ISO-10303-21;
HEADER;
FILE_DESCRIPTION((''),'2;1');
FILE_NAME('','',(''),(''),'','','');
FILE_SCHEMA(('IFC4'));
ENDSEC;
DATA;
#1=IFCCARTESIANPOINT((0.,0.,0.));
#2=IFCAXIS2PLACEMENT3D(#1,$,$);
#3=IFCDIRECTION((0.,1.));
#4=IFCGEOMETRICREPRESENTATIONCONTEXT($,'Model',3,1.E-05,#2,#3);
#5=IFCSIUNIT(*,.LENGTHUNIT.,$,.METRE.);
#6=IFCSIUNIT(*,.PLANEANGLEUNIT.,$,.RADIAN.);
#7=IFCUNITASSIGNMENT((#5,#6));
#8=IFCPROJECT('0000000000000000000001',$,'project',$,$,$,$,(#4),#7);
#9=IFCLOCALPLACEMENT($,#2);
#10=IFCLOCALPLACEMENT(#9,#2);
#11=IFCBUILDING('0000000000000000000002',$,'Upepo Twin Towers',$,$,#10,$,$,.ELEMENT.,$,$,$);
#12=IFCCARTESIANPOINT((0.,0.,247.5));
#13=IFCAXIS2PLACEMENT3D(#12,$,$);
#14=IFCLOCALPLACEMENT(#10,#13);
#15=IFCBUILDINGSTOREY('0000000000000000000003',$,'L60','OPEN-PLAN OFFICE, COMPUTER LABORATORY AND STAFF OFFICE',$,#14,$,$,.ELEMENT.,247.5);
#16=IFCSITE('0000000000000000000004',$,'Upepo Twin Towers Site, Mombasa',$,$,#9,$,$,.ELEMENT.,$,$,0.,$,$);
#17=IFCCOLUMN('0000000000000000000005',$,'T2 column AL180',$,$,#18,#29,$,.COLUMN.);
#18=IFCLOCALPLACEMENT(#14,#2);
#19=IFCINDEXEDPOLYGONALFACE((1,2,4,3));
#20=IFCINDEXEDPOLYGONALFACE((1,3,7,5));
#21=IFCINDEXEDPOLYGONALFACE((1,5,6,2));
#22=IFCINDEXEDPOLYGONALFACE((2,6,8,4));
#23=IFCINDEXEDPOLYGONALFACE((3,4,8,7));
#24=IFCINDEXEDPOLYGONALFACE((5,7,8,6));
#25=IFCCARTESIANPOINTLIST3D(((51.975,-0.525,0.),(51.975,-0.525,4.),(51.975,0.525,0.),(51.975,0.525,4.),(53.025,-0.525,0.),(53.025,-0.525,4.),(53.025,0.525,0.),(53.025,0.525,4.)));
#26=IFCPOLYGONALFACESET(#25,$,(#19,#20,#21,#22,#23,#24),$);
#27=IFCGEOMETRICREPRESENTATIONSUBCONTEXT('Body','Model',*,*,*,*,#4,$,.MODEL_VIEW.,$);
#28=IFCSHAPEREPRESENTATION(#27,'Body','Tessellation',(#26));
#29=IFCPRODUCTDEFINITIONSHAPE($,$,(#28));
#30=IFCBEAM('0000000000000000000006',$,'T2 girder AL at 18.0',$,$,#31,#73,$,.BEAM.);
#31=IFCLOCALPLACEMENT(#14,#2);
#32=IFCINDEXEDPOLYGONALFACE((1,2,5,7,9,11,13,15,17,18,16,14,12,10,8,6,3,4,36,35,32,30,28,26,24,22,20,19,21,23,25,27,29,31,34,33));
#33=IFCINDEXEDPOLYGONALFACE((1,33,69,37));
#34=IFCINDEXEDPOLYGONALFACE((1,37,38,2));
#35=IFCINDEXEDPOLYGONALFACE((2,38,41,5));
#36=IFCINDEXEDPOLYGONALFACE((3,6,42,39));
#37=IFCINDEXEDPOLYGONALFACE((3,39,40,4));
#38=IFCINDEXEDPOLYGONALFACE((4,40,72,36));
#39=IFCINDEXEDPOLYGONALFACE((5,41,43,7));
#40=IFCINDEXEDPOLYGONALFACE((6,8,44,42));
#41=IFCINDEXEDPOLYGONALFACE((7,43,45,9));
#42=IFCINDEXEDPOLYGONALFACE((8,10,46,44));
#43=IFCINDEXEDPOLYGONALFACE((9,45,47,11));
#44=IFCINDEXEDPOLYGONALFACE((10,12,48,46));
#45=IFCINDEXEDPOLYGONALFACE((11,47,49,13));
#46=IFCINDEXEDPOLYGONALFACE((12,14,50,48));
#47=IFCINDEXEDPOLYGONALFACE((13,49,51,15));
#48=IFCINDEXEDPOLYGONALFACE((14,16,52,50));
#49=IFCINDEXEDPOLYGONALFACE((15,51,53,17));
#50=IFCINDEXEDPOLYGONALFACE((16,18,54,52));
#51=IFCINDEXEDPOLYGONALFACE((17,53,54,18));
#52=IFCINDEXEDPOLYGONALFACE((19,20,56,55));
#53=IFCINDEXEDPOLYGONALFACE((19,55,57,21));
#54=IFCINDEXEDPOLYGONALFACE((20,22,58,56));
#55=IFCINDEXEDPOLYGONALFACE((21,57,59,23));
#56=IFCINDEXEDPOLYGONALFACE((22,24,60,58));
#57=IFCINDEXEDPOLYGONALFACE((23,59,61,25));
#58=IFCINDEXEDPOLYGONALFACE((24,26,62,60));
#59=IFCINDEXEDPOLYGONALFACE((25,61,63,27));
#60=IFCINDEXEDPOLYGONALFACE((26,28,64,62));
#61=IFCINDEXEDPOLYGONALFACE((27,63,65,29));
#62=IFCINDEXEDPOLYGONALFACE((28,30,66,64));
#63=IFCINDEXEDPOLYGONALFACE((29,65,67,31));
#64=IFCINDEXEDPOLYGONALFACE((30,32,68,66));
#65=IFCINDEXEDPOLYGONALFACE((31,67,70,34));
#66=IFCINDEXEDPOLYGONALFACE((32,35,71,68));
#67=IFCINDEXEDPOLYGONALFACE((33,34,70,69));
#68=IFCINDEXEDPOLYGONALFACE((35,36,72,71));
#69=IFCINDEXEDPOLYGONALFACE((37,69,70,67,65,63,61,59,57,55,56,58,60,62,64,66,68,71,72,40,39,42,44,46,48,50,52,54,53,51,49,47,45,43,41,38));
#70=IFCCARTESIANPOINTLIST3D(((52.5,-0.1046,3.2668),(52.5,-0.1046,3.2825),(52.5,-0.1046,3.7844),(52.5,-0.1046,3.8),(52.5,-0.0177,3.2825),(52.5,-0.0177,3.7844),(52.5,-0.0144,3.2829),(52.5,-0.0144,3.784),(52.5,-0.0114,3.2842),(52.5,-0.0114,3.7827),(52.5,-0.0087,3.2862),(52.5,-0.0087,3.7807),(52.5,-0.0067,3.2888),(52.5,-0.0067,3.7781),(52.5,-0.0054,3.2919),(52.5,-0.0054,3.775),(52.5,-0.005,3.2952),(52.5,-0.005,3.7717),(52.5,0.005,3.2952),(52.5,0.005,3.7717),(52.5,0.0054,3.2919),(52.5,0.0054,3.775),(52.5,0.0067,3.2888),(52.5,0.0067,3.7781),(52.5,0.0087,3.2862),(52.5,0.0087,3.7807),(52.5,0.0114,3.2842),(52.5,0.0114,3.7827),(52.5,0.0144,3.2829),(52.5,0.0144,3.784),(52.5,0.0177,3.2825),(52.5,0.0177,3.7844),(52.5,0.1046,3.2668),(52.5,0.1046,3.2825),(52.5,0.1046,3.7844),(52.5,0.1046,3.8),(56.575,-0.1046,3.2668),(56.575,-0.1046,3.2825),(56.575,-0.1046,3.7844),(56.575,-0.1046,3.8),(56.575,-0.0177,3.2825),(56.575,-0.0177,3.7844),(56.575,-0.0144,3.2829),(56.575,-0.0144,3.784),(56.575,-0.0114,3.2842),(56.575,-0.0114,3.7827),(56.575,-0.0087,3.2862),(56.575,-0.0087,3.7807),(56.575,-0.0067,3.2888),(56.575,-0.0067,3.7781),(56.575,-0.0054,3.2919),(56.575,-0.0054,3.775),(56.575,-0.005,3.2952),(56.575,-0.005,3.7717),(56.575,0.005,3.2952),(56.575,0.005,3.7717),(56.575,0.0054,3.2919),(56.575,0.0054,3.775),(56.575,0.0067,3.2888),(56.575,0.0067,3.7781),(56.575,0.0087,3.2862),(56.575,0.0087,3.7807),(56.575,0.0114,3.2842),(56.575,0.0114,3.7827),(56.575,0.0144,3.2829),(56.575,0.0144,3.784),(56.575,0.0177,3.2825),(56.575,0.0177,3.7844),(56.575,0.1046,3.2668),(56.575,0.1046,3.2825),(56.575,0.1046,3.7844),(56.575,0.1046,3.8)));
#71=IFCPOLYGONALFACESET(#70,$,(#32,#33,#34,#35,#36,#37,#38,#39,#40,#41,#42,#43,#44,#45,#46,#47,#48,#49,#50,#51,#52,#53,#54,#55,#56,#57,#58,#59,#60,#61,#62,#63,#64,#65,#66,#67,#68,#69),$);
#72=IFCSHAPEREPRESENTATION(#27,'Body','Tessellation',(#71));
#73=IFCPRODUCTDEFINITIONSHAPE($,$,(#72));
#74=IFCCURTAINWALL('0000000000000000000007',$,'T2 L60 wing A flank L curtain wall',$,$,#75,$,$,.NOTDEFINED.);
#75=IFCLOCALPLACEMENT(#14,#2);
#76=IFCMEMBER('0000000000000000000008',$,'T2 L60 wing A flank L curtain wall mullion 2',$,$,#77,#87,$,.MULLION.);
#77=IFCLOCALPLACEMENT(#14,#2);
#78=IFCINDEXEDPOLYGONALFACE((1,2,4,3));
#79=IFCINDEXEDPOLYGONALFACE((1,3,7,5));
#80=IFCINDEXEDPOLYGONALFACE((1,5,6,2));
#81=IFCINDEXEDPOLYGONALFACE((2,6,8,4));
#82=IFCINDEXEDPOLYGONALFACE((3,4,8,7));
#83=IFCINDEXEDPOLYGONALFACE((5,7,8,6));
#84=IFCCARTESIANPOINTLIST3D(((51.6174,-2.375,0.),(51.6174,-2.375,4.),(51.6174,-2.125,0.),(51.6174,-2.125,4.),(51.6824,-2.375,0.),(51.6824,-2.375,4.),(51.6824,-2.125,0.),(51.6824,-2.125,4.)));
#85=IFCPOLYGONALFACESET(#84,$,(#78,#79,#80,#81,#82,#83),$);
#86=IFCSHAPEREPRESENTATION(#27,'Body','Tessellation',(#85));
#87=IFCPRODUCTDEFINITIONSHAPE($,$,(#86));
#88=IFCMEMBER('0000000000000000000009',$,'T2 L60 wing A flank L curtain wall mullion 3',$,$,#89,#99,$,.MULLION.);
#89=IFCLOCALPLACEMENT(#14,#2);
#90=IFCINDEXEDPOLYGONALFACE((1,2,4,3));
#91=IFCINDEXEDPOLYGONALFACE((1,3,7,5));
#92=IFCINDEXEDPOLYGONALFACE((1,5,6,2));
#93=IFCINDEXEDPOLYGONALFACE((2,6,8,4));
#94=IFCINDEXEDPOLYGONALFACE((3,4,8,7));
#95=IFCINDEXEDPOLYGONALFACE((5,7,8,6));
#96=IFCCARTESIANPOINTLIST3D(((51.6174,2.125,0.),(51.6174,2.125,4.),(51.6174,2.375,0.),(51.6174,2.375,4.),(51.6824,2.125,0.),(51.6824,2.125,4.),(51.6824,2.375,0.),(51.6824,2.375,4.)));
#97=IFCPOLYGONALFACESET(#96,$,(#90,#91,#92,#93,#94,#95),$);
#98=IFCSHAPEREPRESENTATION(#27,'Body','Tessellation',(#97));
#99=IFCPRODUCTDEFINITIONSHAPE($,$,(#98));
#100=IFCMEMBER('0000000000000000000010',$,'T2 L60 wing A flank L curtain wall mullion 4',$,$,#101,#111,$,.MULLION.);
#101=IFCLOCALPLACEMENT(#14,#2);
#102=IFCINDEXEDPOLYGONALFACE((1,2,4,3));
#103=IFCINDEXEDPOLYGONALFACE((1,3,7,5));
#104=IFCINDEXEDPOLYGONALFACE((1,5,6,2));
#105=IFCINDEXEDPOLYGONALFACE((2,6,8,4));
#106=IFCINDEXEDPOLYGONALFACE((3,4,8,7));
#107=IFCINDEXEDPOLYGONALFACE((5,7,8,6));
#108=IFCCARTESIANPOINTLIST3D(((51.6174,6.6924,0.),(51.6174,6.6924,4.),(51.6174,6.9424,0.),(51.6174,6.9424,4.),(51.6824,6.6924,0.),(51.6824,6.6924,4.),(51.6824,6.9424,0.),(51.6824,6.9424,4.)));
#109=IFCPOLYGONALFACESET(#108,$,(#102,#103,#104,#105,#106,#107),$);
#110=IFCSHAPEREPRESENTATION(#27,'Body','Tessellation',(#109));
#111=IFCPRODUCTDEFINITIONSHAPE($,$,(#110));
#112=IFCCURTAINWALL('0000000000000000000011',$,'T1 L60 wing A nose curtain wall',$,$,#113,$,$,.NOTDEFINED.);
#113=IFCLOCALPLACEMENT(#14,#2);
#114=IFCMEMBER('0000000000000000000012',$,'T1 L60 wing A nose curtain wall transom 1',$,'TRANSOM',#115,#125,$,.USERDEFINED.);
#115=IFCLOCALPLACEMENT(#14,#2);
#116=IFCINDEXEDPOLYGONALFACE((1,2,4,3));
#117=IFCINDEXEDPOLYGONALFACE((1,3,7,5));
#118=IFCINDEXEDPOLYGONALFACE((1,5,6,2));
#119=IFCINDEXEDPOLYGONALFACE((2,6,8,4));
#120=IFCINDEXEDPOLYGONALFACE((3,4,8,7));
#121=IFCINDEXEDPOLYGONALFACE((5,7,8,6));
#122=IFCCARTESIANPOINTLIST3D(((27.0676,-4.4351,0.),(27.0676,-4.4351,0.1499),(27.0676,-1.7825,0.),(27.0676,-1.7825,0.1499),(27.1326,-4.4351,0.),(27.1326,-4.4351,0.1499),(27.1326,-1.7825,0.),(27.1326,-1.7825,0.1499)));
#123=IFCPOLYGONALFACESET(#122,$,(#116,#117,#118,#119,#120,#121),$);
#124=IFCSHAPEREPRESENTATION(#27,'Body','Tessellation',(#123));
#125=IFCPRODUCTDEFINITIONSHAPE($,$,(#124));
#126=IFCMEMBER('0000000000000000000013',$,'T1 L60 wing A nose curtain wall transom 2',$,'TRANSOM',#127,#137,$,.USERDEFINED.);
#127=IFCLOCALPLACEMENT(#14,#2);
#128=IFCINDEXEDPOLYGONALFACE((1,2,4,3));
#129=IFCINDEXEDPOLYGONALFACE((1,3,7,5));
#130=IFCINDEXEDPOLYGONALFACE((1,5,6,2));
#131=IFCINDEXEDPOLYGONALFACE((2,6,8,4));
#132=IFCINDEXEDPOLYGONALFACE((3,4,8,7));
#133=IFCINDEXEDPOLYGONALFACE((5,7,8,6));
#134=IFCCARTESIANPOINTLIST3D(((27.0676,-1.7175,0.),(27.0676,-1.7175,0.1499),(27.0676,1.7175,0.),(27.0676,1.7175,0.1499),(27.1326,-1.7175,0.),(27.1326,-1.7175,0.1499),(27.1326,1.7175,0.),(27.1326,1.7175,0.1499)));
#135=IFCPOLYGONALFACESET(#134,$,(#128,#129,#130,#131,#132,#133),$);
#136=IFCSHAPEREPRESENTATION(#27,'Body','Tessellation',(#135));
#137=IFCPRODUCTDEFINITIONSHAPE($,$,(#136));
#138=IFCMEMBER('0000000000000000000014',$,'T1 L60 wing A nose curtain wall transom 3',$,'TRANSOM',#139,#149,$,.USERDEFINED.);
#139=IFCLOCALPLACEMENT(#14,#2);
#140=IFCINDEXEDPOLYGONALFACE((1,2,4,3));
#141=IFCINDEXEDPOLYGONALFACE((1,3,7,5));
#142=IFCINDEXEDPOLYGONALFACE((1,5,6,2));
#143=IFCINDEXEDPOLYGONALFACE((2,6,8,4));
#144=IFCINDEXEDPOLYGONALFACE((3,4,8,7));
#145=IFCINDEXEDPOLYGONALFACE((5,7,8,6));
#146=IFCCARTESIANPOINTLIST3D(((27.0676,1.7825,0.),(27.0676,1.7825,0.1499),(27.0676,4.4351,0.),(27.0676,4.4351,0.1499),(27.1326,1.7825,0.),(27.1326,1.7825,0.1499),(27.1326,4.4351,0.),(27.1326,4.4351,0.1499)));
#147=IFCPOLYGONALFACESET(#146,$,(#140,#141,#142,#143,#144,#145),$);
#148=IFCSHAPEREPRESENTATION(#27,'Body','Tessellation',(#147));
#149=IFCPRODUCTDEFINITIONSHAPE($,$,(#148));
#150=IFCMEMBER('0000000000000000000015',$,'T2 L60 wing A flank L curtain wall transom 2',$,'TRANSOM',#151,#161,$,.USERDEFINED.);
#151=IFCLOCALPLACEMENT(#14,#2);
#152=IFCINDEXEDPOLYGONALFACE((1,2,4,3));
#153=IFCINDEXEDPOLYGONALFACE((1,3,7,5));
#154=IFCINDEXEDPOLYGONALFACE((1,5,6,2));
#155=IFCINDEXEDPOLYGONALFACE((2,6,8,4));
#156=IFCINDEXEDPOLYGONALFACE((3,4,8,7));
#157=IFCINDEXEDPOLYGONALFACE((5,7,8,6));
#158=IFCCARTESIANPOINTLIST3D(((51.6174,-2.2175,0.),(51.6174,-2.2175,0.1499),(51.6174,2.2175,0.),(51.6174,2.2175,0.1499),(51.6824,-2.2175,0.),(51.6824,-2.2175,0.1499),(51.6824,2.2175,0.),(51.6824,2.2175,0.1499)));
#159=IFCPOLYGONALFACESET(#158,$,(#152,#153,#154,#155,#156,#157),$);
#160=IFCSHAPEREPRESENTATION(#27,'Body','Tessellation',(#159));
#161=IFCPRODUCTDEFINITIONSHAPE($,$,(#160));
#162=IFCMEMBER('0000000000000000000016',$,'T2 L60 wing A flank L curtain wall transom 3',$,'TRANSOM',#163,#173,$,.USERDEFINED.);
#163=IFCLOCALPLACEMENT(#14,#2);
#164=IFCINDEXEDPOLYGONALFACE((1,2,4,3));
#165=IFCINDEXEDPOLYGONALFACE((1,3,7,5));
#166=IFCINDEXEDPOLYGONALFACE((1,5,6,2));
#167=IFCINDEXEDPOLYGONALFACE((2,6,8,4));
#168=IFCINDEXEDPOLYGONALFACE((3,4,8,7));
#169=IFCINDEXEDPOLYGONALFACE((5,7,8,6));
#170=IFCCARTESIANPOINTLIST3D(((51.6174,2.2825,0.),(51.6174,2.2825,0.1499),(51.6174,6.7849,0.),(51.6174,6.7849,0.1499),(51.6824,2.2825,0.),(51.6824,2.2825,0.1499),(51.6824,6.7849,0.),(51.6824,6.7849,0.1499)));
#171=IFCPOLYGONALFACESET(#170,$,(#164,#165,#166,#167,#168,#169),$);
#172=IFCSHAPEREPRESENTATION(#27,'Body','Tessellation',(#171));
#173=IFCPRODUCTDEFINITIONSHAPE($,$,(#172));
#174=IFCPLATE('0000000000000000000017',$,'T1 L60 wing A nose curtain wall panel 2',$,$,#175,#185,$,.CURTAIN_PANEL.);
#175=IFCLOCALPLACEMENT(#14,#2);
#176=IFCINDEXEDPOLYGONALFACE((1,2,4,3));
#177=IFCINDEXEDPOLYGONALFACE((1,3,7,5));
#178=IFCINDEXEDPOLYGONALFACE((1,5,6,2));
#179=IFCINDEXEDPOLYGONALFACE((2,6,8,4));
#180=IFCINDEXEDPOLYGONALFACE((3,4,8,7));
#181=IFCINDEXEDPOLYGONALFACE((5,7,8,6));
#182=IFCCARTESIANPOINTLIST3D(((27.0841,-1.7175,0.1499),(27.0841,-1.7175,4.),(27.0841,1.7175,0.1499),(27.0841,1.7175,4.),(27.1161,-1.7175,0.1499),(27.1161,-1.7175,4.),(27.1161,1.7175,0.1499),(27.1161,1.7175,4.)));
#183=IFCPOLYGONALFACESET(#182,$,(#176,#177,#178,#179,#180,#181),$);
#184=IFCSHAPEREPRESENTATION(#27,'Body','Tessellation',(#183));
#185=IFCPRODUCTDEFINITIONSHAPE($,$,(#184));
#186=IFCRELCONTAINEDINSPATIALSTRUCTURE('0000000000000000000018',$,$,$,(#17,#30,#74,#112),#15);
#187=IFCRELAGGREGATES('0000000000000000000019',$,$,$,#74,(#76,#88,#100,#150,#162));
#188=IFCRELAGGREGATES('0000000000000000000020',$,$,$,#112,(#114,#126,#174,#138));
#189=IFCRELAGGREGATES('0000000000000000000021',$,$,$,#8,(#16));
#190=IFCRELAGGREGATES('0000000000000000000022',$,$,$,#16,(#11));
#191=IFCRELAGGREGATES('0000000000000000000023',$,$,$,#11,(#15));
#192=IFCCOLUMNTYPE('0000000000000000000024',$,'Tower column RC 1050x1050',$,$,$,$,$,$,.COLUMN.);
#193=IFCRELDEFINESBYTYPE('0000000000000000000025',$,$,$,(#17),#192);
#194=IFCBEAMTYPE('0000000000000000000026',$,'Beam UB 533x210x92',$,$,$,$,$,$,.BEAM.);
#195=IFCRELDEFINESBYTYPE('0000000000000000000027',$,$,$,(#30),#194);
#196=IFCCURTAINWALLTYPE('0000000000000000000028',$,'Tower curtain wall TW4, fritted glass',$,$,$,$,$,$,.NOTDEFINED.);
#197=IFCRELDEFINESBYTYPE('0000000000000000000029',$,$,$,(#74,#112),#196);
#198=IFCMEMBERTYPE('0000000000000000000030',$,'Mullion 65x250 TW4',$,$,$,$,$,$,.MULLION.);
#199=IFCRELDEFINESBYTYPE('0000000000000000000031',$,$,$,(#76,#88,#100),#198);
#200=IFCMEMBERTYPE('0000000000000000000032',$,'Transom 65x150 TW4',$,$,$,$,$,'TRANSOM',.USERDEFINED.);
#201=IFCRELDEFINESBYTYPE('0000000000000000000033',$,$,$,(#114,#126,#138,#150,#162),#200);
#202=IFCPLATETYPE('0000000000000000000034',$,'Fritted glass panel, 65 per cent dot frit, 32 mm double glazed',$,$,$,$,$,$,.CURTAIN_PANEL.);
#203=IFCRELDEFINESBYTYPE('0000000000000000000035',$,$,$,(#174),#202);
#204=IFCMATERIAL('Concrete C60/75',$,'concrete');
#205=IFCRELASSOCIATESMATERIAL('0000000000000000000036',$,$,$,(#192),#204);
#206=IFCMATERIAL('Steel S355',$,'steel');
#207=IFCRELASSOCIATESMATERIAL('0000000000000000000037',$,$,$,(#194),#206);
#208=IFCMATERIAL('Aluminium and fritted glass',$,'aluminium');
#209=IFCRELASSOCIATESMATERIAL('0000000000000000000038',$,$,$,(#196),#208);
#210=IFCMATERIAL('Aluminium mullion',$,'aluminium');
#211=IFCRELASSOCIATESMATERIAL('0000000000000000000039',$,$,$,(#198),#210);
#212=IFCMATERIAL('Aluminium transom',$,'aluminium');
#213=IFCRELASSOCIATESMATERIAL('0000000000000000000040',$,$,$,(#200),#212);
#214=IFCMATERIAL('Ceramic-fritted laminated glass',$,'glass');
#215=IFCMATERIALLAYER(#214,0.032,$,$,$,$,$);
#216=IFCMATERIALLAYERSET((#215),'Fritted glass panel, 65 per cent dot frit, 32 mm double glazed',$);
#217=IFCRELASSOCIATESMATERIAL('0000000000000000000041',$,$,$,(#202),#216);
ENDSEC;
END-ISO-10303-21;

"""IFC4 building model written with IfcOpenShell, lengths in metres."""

from ifc_helpers import new_model, si_unit, direction, frame, origin, origin_2d, place, context, subcontext, project, spatial, rectangle, i_section, extrude, material, layer, layer_set, material_profile, profile_set, type_object, element, aggregate, save


model = new_model("IFC4")

# Units and contexts
model_context = context("Model", 3, precision=1e-05, world=origin(), true_north=direction((0.0, 1.0)))
body_context = subcontext(model_context, "Body", "Model", "MODEL_VIEW")
ifc_project = project(units=[si_unit("LENGTHUNIT", "METRE"), si_unit("PLANEANGLEUNIT", "RADIAN")], contexts=[model_context])

# Site, building, storey
site_placement = place(None, origin())
site = spatial("IfcSite", under=ifc_project, at=site_placement, Name="Upepo Twin Towers Site, Mombasa", CompositionType="ELEMENT", RefElevation=0.0)
building_placement = place(site_placement, origin())
building = spatial("IfcBuilding", under=site, at=building_placement, Name="Upepo Twin Towers", CompositionType="ELEMENT")
storey_placement = place(building_placement, frame((0.0, 0.0, 247.5)))
storey = spatial("IfcBuildingStorey", under=building, at=storey_placement, Name="L60", Description="OPEN-PLAN OFFICE, COMPUTER LABORATORY AND STAFF OFFICE", CompositionType="ELEMENT", Elevation=247.5)

# Column
ifc_material_1 = material(Name="Concrete C60/75", Category="concrete")
ifc_material_profile_1 = material_profile(ifc_material_1, rectangle(XDim=1.05, YDim=1.05, at=origin_2d()), Name="RC 1050x1050")
ifc_profile_set_1 = profile_set([ifc_material_profile_1], Name="Concrete C60/75")
column_type = type_object("IfcColumnType", Name="Tower column RC 1050x1050", PredefinedType="COLUMN", material=ifc_profile_set_1)
column_placement = place(storey_placement, frame((52.5, 0.0, 0.0), z_axis=(0.0, 0.0, 1.0), x_axis=(1.0, 0.0, 0.0)))
element("IfcColumn", 1, at=column_placement, inside=storey, type_object=column_type, Name="T2 column AL180", PredefinedType="COLUMN", context=body_context, shape_type="SweptSolid", body=[
    extrude(rectangle(XDim=1.05, YDim=1.05, at=origin_2d()), origin(), (0.0, 0.0, 1.0), 4.0),
])

# Beam
ifc_material_2 = material(Name="Steel S355", Category="steel")
ifc_material_profile_2 = material_profile(ifc_material_2, i_section(OverallWidth=0.2092, OverallDepth=0.5332, WebThickness=0.01, FlangeThickness=0.0156, FilletRadius=0.0127, at=origin_2d()), Name="UB 533x210x92")
ifc_profile_set_2 = profile_set([ifc_material_profile_2], Name="Steel S355")
beam_type = type_object("IfcBeamType", Name="Beam UB 533x210x92", PredefinedType="BEAM", material=ifc_profile_set_2)
beam_placement = place(storey_placement, frame((52.5, 0.0, 3.5334), z_axis=(1.0, 0.0, 0.0), x_axis=(0.0, 1.0, 0.0)))
element("IfcBeam", 2, at=beam_placement, inside=storey, type_object=beam_type, Name="T2 girder AL at 18.0", PredefinedType="BEAM", context=body_context, shape_type="SweptSolid", body=[
    extrude(i_section(OverallWidth=0.2092, OverallDepth=0.5332, WebThickness=0.01, FlangeThickness=0.0156, FilletRadius=0.0127, at=origin_2d()), origin(), (0.0, 0.0, 1.0), 4.075),
])

# Curtain walls, members
ifc_material_3 = material(Name="Aluminium and fritted glass", Category="aluminium")
curtain_wall_type = type_object("IfcCurtainWallType", Name="Tower curtain wall TW4, fritted glass", PredefinedType="NOTDEFINED", material=ifc_material_3)
curtain_wall_1_placement = place(storey_placement, origin())
curtain_wall_1 = element("IfcCurtainWall", 3, at=curtain_wall_1_placement, inside=storey, type_object=curtain_wall_type, Name="T2 L60 wing A flank L curtain wall", PredefinedType="NOTDEFINED")
ifc_material_4 = material(Name="Aluminium mullion", Category="aluminium")
ifc_material_profile_3 = material_profile(ifc_material_4, rectangle(XDim=0.0649, YDim=0.25, at=origin_2d()), Name="MULLION 65x250")
ifc_profile_set_3 = profile_set([ifc_material_profile_3], Name="Aluminium mullion")
member_type_1 = type_object("IfcMemberType", Name="Mullion 65x250 TW4", PredefinedType="MULLION", material=ifc_profile_set_3)
member_1_placement = place(storey_placement, frame((51.6499, -2.25, 0.0), z_axis=(0.0, 0.0, 1.0), x_axis=(-1.0, 0.0, 0.0)))
member_1 = element("IfcMember", 4, at=member_1_placement, type_object=member_type_1, Name="T2 L60 wing A flank L curtain wall mullion 2", PredefinedType="MULLION", context=body_context, shape_type="SweptSolid", body=[
    extrude(rectangle(XDim=0.0649, YDim=0.25, at=origin_2d()), origin(), (0.0, 0.0, 1.0), 4.0),
])
member_2_placement = place(storey_placement, frame((51.6499, 2.25, 0.0), z_axis=(0.0, 0.0, 1.0), x_axis=(-1.0, 0.0, 0.0)))
member_2 = element("IfcMember", 5, at=member_2_placement, type_object=member_type_1, Name="T2 L60 wing A flank L curtain wall mullion 3", PredefinedType="MULLION", context=body_context, shape_type="SweptSolid", body=[
    extrude(rectangle(XDim=0.0649, YDim=0.25, at=origin_2d()), origin(), (0.0, 0.0, 1.0), 4.0),
])
member_3_placement = place(storey_placement, frame((51.6499, 6.8174, 0.0), z_axis=(0.0, 0.0, 1.0), x_axis=(-1.0, 0.0, 0.0)))
member_3 = element("IfcMember", 6, at=member_3_placement, type_object=member_type_1, Name="T2 L60 wing A flank L curtain wall mullion 4", PredefinedType="MULLION", context=body_context, shape_type="SweptSolid", body=[
    extrude(rectangle(XDim=0.0649, YDim=0.25, at=origin_2d()), origin(), (0.0, 0.0, 1.0), 4.0),
])
curtain_wall_2_placement = place(storey_placement, origin())
curtain_wall_2 = element("IfcCurtainWall", 7, at=curtain_wall_2_placement, inside=storey, type_object=curtain_wall_type, Name="T1 L60 wing A nose curtain wall", PredefinedType="NOTDEFINED")
ifc_material_5 = material(Name="Aluminium transom", Category="aluminium")
ifc_material_profile_4 = material_profile(ifc_material_5, rectangle(XDim=0.0649, YDim=0.1499, at=origin_2d()), Name="TRANSOM 65x150")
ifc_profile_set_4 = profile_set([ifc_material_profile_4], Name="Aluminium transom")
member_type_2 = type_object("IfcMemberType", Name="Transom 65x150 TW4", ElementType="TRANSOM", PredefinedType="USERDEFINED", material=ifc_profile_set_4)
member_4_placement = place(storey_placement, frame((27.1001, -4.4351, 0.075), z_axis=(0.0, 1.0, 0.0), x_axis=(-1.0, 0.0, 0.0)))
member_4 = element("IfcMember", 8, at=member_4_placement, type_object=member_type_2, Name="T1 L60 wing A nose curtain wall transom 1", ObjectType="TRANSOM", PredefinedType="USERDEFINED", context=body_context, shape_type="SweptSolid", body=[
    extrude(rectangle(XDim=0.0649, YDim=0.1499, at=origin_2d()), origin(), (0.0, 0.0, 1.0), 2.6526),
])
member_5_placement = place(storey_placement, frame((27.1001, -1.7175, 0.075), z_axis=(0.0, 1.0, 0.0), x_axis=(-1.0, 0.0, 0.0)))
member_5 = element("IfcMember", 9, at=member_5_placement, type_object=member_type_2, Name="T1 L60 wing A nose curtain wall transom 2", ObjectType="TRANSOM", PredefinedType="USERDEFINED", context=body_context, shape_type="SweptSolid", body=[
    extrude(rectangle(XDim=0.0649, YDim=0.1499, at=origin_2d()), origin(), (0.0, 0.0, 1.0), 3.4351),
])
member_6_placement = place(storey_placement, frame((27.1001, 1.7825, 0.075), z_axis=(0.0, 1.0, 0.0), x_axis=(-1.0, 0.0, 0.0)))
member_6 = element("IfcMember", 10, at=member_6_placement, type_object=member_type_2, Name="T1 L60 wing A nose curtain wall transom 3", ObjectType="TRANSOM", PredefinedType="USERDEFINED", context=body_context, shape_type="SweptSolid", body=[
    extrude(rectangle(XDim=0.0649, YDim=0.1499, at=origin_2d()), origin(), (0.0, 0.0, 1.0), 2.6526),
])

# Members
member_7_placement = place(storey_placement, frame((51.6499, -2.2175, 0.075), z_axis=(0.0, 1.0, 0.0), x_axis=(-1.0, 0.0, 0.0)))
member_7 = element("IfcMember", 11, at=member_7_placement, type_object=member_type_2, Name="T2 L60 wing A flank L curtain wall transom 2", ObjectType="TRANSOM", PredefinedType="USERDEFINED", context=body_context, shape_type="SweptSolid", body=[
    extrude(rectangle(XDim=0.0649, YDim=0.1499, at=origin_2d()), origin(), (0.0, 0.0, 1.0), 4.4351),
])
member_8_placement = place(storey_placement, frame((51.6499, 2.2825, 0.075), z_axis=(0.0, 1.0, 0.0), x_axis=(-1.0, 0.0, 0.0)))
member_8 = element("IfcMember", 12, at=member_8_placement, type_object=member_type_2, Name="T2 L60 wing A flank L curtain wall transom 3", ObjectType="TRANSOM", PredefinedType="USERDEFINED", context=body_context, shape_type="SweptSolid", body=[
    extrude(rectangle(XDim=0.0649, YDim=0.1499, at=origin_2d()), origin(), (0.0, 0.0, 1.0), 4.5024),
])

# Plate
ifc_material_6 = material(Name="Ceramic-fritted laminated glass", Category="glass")
ifc_layer_1 = layer(ifc_material_6, 0.032)
ifc_layer_set_1 = layer_set([ifc_layer_1], Name="Fritted glass panel, 65 per cent dot frit, 32 mm double glazed")
plate_type_1 = type_object("IfcPlateType", Name="Fritted glass panel, 65 per cent dot frit, 32 mm double glazed", PredefinedType="CURTAIN_PANEL", material=ifc_layer_set_1)
plate_1_placement = place(storey_placement, frame((27.1001, 0.0, 0.1499), z_axis=(0.0, 0.0, 1.0), x_axis=(0.0, 1.0, 0.0)))
plate_1 = element("IfcPlate", 13, at=plate_1_placement, type_object=plate_type_1, Name="T1 L60 wing A nose curtain wall panel 2", PredefinedType="CURTAIN_PANEL", context=body_context, shape_type="SweptSolid", body=[
    extrude(rectangle(XDim=3.4351, YDim=0.032, at=origin_2d()), origin(), (0.0, 0.0, 1.0), 3.8501),
])
aggregate(curtain_wall_1, [member_1, member_2, member_3, member_7, member_8])
aggregate(curtain_wall_2, [member_4, member_5, plate_1, member_6])

save(model, "model.ifc")
